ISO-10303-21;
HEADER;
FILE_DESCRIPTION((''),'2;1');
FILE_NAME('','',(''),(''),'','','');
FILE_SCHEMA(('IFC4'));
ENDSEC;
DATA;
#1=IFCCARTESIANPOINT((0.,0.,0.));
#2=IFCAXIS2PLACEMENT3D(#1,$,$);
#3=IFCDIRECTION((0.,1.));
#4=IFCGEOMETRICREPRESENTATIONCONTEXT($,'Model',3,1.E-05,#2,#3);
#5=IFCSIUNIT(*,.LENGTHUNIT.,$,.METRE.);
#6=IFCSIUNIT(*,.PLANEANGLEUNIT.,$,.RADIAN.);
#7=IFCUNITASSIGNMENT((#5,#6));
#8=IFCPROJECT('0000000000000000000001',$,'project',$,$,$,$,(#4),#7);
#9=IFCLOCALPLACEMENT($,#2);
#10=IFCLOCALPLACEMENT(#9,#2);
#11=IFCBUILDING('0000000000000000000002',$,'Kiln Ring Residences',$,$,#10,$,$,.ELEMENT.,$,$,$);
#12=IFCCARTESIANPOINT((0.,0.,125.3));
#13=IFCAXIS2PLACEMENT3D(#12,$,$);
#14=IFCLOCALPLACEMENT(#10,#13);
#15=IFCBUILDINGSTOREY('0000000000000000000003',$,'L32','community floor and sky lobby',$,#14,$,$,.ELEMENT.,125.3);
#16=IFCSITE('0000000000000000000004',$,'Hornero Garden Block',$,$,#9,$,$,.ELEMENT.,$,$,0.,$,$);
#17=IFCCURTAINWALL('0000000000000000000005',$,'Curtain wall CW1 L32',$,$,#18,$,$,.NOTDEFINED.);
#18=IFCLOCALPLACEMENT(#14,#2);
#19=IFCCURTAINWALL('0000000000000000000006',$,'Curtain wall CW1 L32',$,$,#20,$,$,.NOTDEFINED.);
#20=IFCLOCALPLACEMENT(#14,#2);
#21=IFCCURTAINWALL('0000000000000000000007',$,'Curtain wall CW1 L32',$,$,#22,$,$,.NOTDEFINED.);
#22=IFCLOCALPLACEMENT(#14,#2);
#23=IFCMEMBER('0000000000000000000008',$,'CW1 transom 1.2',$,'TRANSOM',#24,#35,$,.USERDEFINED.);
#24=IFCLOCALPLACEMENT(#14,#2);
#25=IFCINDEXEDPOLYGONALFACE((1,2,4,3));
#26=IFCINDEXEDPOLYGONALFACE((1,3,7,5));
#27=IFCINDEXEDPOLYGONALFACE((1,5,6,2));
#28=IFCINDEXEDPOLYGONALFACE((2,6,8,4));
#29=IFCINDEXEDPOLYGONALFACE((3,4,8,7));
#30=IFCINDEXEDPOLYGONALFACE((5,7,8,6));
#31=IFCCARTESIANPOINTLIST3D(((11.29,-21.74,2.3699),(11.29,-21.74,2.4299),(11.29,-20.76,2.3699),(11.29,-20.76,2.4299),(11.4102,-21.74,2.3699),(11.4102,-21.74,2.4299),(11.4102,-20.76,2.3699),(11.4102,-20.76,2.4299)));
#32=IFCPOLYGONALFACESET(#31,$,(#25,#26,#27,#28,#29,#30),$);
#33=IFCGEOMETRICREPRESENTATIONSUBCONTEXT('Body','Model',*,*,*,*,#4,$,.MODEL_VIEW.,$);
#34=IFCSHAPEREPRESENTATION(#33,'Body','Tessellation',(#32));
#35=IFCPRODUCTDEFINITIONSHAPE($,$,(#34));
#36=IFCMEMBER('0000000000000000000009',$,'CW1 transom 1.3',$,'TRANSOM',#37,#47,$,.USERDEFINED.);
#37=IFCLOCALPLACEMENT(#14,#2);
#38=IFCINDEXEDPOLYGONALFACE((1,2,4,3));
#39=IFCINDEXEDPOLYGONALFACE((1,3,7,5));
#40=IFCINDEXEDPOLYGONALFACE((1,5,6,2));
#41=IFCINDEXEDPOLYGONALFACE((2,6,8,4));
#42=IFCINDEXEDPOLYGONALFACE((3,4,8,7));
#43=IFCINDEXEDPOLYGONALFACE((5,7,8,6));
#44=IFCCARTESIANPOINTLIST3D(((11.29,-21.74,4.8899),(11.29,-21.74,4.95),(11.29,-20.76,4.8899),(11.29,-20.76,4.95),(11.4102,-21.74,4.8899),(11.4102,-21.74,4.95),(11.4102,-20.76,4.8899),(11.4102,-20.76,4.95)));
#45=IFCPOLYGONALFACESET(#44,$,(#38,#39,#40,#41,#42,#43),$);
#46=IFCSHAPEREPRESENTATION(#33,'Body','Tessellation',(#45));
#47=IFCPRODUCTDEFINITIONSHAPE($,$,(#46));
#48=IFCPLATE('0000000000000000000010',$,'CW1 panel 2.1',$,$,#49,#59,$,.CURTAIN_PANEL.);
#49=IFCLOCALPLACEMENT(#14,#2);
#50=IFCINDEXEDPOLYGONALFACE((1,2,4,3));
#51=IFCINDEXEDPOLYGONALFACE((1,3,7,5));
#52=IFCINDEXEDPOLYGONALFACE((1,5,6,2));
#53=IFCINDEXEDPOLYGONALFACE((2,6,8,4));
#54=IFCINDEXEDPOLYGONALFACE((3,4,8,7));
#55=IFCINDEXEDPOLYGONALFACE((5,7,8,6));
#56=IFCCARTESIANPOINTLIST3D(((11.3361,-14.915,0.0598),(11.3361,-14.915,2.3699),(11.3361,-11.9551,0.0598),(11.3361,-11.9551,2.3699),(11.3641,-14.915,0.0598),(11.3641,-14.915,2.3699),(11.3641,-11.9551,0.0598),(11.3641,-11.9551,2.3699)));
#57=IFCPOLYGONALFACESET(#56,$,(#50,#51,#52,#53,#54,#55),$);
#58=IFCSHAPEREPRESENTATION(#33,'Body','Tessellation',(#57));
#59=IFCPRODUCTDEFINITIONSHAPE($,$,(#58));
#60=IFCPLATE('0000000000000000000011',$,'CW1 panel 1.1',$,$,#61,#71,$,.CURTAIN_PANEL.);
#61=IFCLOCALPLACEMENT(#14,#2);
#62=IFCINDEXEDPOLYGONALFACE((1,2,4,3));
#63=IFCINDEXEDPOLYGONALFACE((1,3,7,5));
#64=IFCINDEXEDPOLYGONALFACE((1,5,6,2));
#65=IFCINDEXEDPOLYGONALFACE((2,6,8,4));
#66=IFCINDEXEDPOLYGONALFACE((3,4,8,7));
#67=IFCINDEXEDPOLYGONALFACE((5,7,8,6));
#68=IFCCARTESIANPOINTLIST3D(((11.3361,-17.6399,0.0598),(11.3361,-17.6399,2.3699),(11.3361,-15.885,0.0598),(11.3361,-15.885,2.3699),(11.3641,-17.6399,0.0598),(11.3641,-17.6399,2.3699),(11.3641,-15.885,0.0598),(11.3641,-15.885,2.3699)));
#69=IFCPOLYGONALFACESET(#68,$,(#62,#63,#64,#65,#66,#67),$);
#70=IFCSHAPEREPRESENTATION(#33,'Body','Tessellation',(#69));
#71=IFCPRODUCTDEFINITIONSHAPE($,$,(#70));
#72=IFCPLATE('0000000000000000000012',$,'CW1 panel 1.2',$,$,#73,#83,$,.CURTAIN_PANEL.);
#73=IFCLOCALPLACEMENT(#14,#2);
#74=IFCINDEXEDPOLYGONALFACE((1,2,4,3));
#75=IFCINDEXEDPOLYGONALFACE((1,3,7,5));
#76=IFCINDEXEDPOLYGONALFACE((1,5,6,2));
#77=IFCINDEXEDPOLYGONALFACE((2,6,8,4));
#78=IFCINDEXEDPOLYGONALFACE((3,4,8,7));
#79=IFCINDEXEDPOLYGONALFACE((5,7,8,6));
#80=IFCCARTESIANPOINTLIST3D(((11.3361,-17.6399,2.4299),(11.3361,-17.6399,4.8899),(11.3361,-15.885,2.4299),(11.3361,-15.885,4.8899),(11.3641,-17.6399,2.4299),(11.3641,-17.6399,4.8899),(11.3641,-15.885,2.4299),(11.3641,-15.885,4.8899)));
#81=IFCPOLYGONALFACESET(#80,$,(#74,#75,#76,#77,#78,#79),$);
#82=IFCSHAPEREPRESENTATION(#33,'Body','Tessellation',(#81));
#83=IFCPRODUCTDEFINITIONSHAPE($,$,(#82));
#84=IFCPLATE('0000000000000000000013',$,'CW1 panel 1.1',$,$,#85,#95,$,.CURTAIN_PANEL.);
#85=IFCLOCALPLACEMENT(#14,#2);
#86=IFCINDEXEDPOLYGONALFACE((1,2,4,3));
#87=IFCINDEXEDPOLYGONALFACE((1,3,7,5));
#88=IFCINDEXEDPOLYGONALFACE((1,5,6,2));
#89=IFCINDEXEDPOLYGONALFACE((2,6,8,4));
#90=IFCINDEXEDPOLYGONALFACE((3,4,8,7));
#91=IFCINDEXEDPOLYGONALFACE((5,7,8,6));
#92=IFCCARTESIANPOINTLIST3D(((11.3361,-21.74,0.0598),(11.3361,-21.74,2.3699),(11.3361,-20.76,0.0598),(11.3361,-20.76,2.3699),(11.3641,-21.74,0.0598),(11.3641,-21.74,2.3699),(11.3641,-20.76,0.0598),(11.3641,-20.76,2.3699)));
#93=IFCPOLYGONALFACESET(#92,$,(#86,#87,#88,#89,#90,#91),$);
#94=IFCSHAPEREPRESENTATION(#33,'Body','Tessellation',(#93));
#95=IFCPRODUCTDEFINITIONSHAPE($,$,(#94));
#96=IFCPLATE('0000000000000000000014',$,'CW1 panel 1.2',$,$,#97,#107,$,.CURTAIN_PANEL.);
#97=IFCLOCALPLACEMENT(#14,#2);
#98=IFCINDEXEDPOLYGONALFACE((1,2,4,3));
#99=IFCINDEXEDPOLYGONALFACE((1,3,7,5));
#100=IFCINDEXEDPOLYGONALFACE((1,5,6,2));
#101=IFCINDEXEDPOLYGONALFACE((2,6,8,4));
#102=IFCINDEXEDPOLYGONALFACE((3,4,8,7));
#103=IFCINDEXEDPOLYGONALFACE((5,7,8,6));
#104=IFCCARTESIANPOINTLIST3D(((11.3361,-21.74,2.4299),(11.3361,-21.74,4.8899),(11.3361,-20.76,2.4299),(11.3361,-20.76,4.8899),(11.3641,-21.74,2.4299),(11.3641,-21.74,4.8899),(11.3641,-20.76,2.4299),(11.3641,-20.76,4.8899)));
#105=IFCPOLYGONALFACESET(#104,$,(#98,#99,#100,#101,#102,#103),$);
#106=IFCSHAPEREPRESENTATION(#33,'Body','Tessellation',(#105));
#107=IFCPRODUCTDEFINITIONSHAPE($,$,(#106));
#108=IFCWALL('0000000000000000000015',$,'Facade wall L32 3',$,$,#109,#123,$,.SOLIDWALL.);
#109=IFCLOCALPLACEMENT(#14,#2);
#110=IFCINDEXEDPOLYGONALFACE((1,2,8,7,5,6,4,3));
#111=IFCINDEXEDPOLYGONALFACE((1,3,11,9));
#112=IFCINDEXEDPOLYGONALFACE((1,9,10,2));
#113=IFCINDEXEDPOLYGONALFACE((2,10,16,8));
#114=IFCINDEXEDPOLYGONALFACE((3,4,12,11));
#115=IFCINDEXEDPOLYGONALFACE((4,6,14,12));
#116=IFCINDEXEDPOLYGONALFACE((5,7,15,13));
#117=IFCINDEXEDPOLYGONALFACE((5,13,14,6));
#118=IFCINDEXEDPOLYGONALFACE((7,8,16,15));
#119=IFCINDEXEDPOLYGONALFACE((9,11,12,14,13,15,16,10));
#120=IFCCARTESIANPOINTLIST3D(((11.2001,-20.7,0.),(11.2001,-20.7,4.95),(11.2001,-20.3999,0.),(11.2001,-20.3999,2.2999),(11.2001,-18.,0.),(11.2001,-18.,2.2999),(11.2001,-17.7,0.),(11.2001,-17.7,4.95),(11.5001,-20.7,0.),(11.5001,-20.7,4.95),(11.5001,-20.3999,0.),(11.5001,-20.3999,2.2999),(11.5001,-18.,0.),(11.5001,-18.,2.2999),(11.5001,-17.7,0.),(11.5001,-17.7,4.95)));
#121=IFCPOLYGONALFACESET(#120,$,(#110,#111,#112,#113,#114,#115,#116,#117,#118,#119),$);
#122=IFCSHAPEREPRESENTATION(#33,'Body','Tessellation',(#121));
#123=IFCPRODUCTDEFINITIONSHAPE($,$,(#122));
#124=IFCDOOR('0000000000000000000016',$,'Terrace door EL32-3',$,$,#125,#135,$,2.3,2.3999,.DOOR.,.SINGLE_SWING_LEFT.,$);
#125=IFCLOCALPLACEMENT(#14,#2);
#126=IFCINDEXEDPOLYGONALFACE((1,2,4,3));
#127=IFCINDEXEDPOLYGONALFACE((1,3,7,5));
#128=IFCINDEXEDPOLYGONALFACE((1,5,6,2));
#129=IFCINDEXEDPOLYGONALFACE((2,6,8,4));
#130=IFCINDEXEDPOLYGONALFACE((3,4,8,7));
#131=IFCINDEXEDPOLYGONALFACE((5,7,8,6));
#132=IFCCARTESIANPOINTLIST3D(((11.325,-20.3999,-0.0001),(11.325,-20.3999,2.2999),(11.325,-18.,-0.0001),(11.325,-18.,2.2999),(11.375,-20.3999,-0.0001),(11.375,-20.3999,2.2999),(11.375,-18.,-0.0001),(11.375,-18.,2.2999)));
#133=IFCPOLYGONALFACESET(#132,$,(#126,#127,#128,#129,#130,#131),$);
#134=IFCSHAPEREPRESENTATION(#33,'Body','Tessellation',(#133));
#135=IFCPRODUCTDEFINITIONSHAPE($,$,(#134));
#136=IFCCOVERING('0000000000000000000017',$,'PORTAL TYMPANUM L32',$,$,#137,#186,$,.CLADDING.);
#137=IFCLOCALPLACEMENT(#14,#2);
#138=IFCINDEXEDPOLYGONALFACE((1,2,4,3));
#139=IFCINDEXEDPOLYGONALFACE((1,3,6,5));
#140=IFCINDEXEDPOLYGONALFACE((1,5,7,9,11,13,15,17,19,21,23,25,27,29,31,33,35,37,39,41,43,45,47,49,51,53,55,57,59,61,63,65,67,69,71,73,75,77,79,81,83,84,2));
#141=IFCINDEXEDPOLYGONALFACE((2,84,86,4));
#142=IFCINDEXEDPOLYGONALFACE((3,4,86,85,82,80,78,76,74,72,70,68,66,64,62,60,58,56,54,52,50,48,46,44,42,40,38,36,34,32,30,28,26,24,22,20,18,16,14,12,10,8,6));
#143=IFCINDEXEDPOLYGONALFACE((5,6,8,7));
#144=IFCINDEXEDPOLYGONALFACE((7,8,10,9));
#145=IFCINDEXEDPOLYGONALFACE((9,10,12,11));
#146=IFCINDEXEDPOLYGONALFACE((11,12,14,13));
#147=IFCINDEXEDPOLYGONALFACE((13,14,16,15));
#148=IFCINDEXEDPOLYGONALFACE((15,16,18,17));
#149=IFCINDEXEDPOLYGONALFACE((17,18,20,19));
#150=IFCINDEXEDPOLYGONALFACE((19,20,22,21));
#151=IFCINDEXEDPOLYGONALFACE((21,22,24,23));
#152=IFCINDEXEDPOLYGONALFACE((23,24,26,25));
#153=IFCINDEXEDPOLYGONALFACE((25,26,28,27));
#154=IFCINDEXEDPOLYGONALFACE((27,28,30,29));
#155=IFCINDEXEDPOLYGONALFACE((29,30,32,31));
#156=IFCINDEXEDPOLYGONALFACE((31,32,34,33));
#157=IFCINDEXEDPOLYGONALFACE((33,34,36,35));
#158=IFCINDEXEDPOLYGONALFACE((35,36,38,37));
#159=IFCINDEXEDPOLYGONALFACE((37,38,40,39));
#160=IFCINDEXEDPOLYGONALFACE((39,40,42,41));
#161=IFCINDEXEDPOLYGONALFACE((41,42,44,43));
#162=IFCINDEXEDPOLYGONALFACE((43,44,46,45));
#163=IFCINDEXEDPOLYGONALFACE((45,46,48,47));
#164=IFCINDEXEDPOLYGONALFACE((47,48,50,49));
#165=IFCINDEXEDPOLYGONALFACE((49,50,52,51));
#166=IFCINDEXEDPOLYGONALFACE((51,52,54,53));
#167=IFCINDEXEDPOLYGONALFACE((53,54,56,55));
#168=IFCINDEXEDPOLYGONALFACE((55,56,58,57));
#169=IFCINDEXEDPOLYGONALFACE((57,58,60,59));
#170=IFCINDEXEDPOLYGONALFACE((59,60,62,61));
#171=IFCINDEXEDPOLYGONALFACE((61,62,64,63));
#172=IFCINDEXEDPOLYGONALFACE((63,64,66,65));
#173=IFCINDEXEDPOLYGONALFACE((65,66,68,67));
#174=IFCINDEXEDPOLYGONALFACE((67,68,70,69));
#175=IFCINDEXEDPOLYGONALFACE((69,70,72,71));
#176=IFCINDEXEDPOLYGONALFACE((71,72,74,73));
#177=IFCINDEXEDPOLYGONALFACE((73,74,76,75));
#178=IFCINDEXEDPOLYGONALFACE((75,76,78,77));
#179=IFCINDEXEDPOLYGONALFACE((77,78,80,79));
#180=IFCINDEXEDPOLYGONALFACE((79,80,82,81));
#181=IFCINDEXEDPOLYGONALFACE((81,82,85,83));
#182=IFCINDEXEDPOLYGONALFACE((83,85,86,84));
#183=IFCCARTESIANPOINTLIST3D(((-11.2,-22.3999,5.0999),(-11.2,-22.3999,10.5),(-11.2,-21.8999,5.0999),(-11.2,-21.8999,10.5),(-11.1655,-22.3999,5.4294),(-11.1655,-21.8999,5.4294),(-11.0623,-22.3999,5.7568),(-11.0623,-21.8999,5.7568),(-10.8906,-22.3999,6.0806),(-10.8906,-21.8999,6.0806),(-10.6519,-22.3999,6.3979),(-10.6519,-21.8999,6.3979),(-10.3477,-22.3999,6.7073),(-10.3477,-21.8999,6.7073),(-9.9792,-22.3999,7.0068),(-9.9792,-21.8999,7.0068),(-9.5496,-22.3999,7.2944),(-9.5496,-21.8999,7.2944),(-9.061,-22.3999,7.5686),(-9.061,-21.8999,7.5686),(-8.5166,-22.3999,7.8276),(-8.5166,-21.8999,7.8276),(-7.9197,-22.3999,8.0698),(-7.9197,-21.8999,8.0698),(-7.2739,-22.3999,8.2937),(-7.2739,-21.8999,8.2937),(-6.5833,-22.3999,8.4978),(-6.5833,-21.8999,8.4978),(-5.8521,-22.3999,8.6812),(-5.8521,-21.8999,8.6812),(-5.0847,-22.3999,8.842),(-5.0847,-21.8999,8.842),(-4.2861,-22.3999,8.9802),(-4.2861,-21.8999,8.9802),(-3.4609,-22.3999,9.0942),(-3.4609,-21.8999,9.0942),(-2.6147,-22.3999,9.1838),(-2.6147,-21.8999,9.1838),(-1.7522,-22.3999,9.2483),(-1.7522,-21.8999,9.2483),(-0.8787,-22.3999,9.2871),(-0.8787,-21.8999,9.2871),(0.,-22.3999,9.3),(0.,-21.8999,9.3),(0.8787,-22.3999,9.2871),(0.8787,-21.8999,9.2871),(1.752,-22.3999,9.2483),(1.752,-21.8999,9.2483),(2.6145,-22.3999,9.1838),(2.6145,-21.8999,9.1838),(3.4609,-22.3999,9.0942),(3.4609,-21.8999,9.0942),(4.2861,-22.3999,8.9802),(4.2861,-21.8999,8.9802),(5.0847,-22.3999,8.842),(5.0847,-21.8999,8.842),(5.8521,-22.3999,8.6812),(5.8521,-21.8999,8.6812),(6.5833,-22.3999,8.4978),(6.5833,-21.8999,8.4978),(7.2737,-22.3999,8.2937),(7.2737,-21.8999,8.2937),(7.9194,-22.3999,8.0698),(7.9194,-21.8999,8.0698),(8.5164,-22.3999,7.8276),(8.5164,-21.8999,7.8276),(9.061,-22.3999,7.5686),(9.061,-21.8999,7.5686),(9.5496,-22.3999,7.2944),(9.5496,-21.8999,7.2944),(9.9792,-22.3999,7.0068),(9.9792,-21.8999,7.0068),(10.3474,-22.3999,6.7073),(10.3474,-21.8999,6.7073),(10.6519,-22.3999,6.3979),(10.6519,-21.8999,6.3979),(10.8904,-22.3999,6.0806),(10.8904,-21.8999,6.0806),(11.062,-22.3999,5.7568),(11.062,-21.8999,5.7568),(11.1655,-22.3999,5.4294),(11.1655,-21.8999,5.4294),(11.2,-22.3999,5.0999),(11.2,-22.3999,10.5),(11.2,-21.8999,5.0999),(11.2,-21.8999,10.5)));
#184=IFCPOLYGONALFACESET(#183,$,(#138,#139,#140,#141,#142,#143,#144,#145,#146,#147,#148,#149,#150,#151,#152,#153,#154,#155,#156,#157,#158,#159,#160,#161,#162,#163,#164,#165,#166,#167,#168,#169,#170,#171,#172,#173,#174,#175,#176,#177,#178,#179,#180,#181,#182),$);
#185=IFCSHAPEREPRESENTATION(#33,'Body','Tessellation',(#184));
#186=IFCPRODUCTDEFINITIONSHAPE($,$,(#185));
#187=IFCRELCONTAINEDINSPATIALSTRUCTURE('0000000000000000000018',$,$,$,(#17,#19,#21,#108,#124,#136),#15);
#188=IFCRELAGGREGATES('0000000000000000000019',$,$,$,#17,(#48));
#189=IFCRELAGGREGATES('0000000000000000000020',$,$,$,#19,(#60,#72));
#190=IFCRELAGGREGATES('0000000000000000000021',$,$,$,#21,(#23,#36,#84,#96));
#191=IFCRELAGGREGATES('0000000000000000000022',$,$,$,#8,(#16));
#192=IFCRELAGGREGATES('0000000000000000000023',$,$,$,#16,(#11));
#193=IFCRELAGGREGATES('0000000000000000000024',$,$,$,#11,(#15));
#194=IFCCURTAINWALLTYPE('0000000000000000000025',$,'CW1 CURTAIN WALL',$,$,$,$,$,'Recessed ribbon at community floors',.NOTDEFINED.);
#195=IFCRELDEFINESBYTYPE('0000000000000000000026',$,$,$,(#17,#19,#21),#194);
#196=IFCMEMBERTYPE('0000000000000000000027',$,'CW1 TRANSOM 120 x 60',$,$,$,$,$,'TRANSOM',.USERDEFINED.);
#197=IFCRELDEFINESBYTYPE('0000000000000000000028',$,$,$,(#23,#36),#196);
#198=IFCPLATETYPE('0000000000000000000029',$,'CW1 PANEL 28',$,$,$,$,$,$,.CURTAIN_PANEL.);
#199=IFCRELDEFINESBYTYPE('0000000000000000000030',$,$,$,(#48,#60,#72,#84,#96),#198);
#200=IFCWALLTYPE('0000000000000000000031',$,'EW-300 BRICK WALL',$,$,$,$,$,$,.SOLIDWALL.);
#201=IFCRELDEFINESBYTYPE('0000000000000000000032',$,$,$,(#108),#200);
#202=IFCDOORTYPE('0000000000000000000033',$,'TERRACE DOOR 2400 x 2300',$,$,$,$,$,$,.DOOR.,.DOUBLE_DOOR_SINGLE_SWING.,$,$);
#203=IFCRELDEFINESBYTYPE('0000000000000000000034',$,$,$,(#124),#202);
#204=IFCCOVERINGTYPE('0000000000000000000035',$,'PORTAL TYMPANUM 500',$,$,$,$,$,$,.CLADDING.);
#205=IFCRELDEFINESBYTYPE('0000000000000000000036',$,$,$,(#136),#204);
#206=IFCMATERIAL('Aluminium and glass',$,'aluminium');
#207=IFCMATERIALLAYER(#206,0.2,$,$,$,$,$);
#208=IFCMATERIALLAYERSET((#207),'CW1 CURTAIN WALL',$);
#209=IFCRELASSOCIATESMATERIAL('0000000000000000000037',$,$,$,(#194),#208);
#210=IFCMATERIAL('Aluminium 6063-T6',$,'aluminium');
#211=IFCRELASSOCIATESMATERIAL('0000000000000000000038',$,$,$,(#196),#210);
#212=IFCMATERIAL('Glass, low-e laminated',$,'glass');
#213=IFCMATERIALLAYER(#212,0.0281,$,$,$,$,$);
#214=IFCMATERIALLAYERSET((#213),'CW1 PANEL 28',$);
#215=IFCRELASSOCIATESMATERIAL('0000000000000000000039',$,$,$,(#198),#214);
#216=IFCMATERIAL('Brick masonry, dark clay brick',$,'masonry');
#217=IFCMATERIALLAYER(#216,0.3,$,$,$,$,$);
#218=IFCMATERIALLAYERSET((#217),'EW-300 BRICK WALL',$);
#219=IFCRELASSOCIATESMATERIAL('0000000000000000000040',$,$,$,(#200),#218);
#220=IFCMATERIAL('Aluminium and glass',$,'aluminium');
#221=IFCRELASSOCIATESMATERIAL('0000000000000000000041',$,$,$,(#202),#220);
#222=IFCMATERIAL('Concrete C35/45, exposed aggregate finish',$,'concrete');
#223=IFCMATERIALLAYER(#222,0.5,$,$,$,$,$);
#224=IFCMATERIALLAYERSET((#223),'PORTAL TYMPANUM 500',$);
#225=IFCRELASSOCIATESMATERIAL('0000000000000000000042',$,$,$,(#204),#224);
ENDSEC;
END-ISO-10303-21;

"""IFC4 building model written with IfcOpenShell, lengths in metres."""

from ifc_helpers import new_model, si_unit, direction, frame, frame_2d, origin, origin_2d, place, context, subcontext, project, spatial, polyline, rectangle, outline, extrude, material, layer, layer_set, material_profile, profile_set, type_object, element, fill, aggregate, save


model = new_model("IFC4")

# Units and contexts
model_context = context("Model", 3, precision=1e-05, world=origin(), true_north=direction((0.0, 1.0)))
body_context = subcontext(model_context, "Body", "Model", "MODEL_VIEW")
ifc_project = project(units=[si_unit("LENGTHUNIT", "METRE"), si_unit("PLANEANGLEUNIT", "RADIAN")], contexts=[model_context])

# Site, building, storey
site_placement = place(None, origin())
site = spatial("IfcSite", under=ifc_project, at=site_placement, Name="Hornero Garden Block", CompositionType="ELEMENT", RefElevation=0.0)
building_placement = place(site_placement, origin())
building = spatial("IfcBuilding", under=site, at=building_placement, Name="Kiln Ring Residences", CompositionType="ELEMENT")
storey_placement = place(building_placement, frame((0.0, 0.0, 125.3)))
storey = spatial("IfcBuildingStorey", under=building, at=storey_placement, Name="L32", Description="community floor and sky lobby", CompositionType="ELEMENT", Elevation=125.3)

# Curtain wall
ifc_material_1 = material(Name="Aluminium and glass", Category="aluminium")
ifc_layer_1 = layer(ifc_material_1, 0.2)
ifc_layer_set_1 = layer_set([ifc_layer_1], Name="CW1 CURTAIN WALL")
curtain_wall_type = type_object("IfcCurtainWallType", Name="CW1 CURTAIN WALL", ElementType="Recessed ribbon at community floors", PredefinedType="NOTDEFINED", material=ifc_layer_set_1)
placement = place(storey_placement, origin())
curtain_wall_1 = element("IfcCurtainWall", 1, at=placement, inside=storey, type_object=curtain_wall_type, Name="Curtain wall CW1 L32", PredefinedType="NOTDEFINED")

# Curtain walls
curtain_wall_2 = element("IfcCurtainWall", 2, at=placement, inside=storey, type_object=curtain_wall_type, Name="Curtain wall CW1 L32", PredefinedType="NOTDEFINED")
curtain_wall_3 = element("IfcCurtainWall", 3, at=placement, inside=storey, type_object=curtain_wall_type, Name="Curtain wall CW1 L32", PredefinedType="NOTDEFINED")

# Members
ifc_material_2 = material(Name="Aluminium 6063-T6", Category="aluminium")
ifc_material_profile_1 = material_profile(ifc_material_2, rectangle(XDim=0.1201, YDim=0.0601, at=origin_2d()), Name="AL 120x60")
ifc_profile_set_1 = profile_set([ifc_material_profile_1], Name="Aluminium 6063-T6")
member_type_1 = type_object("IfcMemberType", Name="CW1 TRANSOM 120 x 60", ElementType="TRANSOM", PredefinedType="USERDEFINED", material=ifc_profile_set_1)
member_1_placement = place(storey_placement, frame((11.3501, -20.76, 2.3999), z_axis=(0.0, -1.0, 0.0), x_axis=(1.0, 0.0, 0.0)))
member_1 = element("IfcMember", 4, at=member_1_placement, type_object=member_type_1, Name="CW1 transom 1.2", ObjectType="TRANSOM", PredefinedType="USERDEFINED", context=body_context, shape_type="SweptSolid", body=[
    extrude(rectangle(XDim=0.1201, YDim=0.0601, at=origin_2d()), origin(), (0.0, 0.0, 1.0), 0.98),
])
member_2_placement = place(storey_placement, frame((11.3501, -20.76, 4.9199), z_axis=(0.0, -1.0, 0.0), x_axis=(1.0, 0.0, 0.0)))
member_2 = element("IfcMember", 5, at=member_2_placement, type_object=member_type_1, Name="CW1 transom 1.3", ObjectType="TRANSOM", PredefinedType="USERDEFINED", context=body_context, shape_type="SweptSolid", body=[
    extrude(rectangle(XDim=0.1201, YDim=0.0601, at=origin_2d()), origin(), (0.0, 0.0, 1.0), 0.98),
])

# Plates
ifc_material_3 = material(Name="Glass, low-e laminated", Category="glass")
ifc_layer_2 = layer(ifc_material_3, 0.0281)
ifc_layer_set_2 = layer_set([ifc_layer_2], Name="CW1 PANEL 28")
plate_type = type_object("IfcPlateType", Name="CW1 PANEL 28", PredefinedType="CURTAIN_PANEL", material=ifc_layer_set_2)
plate_1_placement = place(storey_placement, frame((11.3501, -13.4351, 0.0598), z_axis=(0.0, 0.0, 1.0), x_axis=(0.0, -1.0, 0.0)))
plate_1 = element("IfcPlate", 6, at=plate_1_placement, type_object=plate_type, Name="CW1 panel 2.1", PredefinedType="CURTAIN_PANEL", context=body_context, shape_type="SweptSolid", body=[
    extrude(rectangle(XDim=2.96, YDim=0.0281, at=origin_2d()), origin(), (0.0, 0.0, 1.0), 2.3101),
])
aggregate(curtain_wall_1, [plate_1])
plate_2_placement = place(storey_placement, frame((11.3501, -16.7625, 0.0598), z_axis=(0.0, 0.0, 1.0), x_axis=(0.0, -1.0, 0.0)))
plate_2 = element("IfcPlate", 7, at=plate_2_placement, type_object=plate_type, Name="CW1 panel 1.1", PredefinedType="CURTAIN_PANEL", context=body_context, shape_type="SweptSolid", body=[
    extrude(rectangle(XDim=1.7549, YDim=0.0281, at=origin_2d()), origin(), (0.0, 0.0, 1.0), 2.3101),
])
plate_3_placement = place(storey_placement, frame((11.3501, -16.7625, 2.4299), z_axis=(0.0, 0.0, 1.0), x_axis=(0.0, -1.0, 0.0)))
plate_3 = element("IfcPlate", 8, at=plate_3_placement, type_object=plate_type, Name="CW1 panel 1.2", PredefinedType="CURTAIN_PANEL", context=body_context, shape_type="SweptSolid", body=[
    extrude(rectangle(XDim=1.7549, YDim=0.0281, at=origin_2d()), origin(), (0.0, 0.0, 1.0), 2.46),
])
aggregate(curtain_wall_2, [plate_2, plate_3])
plate_4_placement = place(storey_placement, frame((11.3501, -21.25, 0.0598), z_axis=(0.0, 0.0, 1.0), x_axis=(0.0, -1.0, 0.0)))
plate_4 = element("IfcPlate", 9, at=plate_4_placement, type_object=plate_type, Name="CW1 panel 1.1", PredefinedType="CURTAIN_PANEL", context=body_context, shape_type="SweptSolid", body=[
    extrude(rectangle(XDim=0.98, YDim=0.0281, at=origin_2d()), origin(), (0.0, 0.0, 1.0), 2.3101),
])
plate_5_placement = place(storey_placement, frame((11.3501, -21.25, 2.4299), z_axis=(0.0, 0.0, 1.0), x_axis=(0.0, -1.0, 0.0)))
plate_5 = element("IfcPlate", 10, at=plate_5_placement, type_object=plate_type, Name="CW1 panel 1.2", PredefinedType="CURTAIN_PANEL", context=body_context, shape_type="SweptSolid", body=[
    extrude(rectangle(XDim=0.98, YDim=0.0281, at=origin_2d()), origin(), (0.0, 0.0, 1.0), 2.46),
])
aggregate(curtain_wall_3, [member_1, member_2, plate_4, plate_5])

# Wall, opening, door
ifc_material_4 = material(Name="Brick masonry, dark clay brick", Category="masonry")
ifc_layer_3 = layer(ifc_material_4, 0.3)
ifc_layer_set_3 = layer_set([ifc_layer_3], Name="EW-300 BRICK WALL")
wall_type = type_object("IfcWallType", Name="EW-300 BRICK WALL", PredefinedType="SOLIDWALL", material=ifc_layer_set_3)
wall_placement = place(storey_placement, frame((11.3501, -17.7, 0.0), z_axis=(0.0, 0.0, 1.0), x_axis=(0.0, -1.0, 0.0)))
wall = element("IfcWall", 11, at=wall_placement, inside=storey, type_object=wall_type, Name="Facade wall L32 3", PredefinedType="SOLIDWALL", context=body_context, shape_type="SweptSolid", body=[
    extrude(rectangle(XDim=3.0, YDim=0.3, at=frame_2d((1.5, 0.0))), origin(), (0.0, 0.0, 1.0), 4.95),
])
opening_placement = place(wall_placement, frame((0.3, 0.0, 0.0)))
opening = element("IfcOpeningElement", 12, at=opening_placement, cuts=wall, PredefinedType="OPENING", context=body_context, shape_type="SweptSolid", body=[
    extrude(rectangle(XDim=2.3999, YDim=2.3, at=frame_2d((1.2, 1.1499))), frame((0.0, 0.1599, 0.0), z_axis=(0.0, -1.0, 0.0), x_axis=(1.0, 0.0, 0.0)), (0.0, 0.0, 1.0), 0.3201),
])
ifc_material_5 = material(Name="Aluminium and glass", Category="aluminium")
door_type = type_object("IfcDoorType", Name="TERRACE DOOR 2400 x 2300", OperationType="DOUBLE_DOOR_SINGLE_SWING", PredefinedType="DOOR", material=ifc_material_5)
door_placement = place(opening_placement, origin())
door = element("IfcDoor", 13, at=door_placement, inside=storey, type_object=door_type, Name="Terrace door EL32-3", OperationType="SINGLE_SWING_LEFT", OverallHeight=2.3, OverallWidth=2.3999, PredefinedType="DOOR", context=body_context, shape_type="SweptSolid", body=[
    extrude(rectangle(XDim=2.3999, YDim=2.3, at=frame_2d((1.2, 1.1499))), frame((0.0, 0.0249, 0.0), z_axis=(0.0, -1.0, 0.0), x_axis=(1.0, 0.0, 0.0)), (0.0, 0.0, 1.0), 0.05),
])
fill(opening, door)

# Covering
ifc_material_6 = material(Name="Concrete C35/45, exposed aggregate finish", Category="concrete")
ifc_layer_4 = layer(ifc_material_6, 0.5)
ifc_layer_set_4 = layer_set([ifc_layer_4], Name="PORTAL TYMPANUM 500")
covering_type_1 = type_object("IfcCoveringType", Name="PORTAL TYMPANUM 500", PredefinedType="CLADDING", material=ifc_layer_set_4)
covering_1_placement = place(storey_placement, frame((11.2, -22.1499, 5.0999), z_axis=(0.0, 0.0, 1.0), x_axis=(-1.0, 0.0, 0.0)))
element("IfcCovering", 14, at=covering_1_placement, inside=storey, type_object=covering_type_1, Name="PORTAL TYMPANUM L32", PredefinedType="CLADDING", context=body_context, shape_type="SweptSolid", body=[
    extrude(outline(polyline([(22.3999, 0.0), (22.3999, 5.4001), (0.0, 5.4001), (0.0, 0.0), (0.0344, 0.3296), (0.1379, 0.657), (0.3096, 0.9807), (0.5481, 1.2981), (0.8525, 1.6074), (1.2207, 1.907), (1.6504, 2.1946), (2.1389, 2.4688), (2.6836, 2.7278), (3.2805, 2.97), (3.9263, 3.1938), (4.6167, 3.3979), (5.3479, 3.5813), (6.1152, 3.7422), (6.9138, 3.8804), (7.739, 3.9944), (8.5854, 4.084), (9.448, 4.1484), (10.3213, 4.1873), (11.2, 4.2002), (12.0786, 4.1873), (12.9521, 4.1484), (13.8147, 4.084), (14.6609, 3.9944), (15.4861, 3.8804), (16.2847, 3.7422), (17.052, 3.5813), (17.7832, 3.3979), (18.4739, 3.1938), (19.1196, 2.97), (19.7166, 2.7278), (20.261, 2.4688), (20.7495, 2.1946), (21.1792, 1.907), (21.5476, 1.6074), (21.8518, 1.2981), (22.0906, 0.9807), (22.2622, 0.657), (22.3655, 0.3296), (22.3999, 0.0)])), frame((0.0, 0.25, 0.0), z_axis=(0.0, -1.0, 0.0), x_axis=(1.0, 0.0, 0.0)), (0.0, 0.0, 1.0), 0.5),
])

save(model, "model.ifc")
